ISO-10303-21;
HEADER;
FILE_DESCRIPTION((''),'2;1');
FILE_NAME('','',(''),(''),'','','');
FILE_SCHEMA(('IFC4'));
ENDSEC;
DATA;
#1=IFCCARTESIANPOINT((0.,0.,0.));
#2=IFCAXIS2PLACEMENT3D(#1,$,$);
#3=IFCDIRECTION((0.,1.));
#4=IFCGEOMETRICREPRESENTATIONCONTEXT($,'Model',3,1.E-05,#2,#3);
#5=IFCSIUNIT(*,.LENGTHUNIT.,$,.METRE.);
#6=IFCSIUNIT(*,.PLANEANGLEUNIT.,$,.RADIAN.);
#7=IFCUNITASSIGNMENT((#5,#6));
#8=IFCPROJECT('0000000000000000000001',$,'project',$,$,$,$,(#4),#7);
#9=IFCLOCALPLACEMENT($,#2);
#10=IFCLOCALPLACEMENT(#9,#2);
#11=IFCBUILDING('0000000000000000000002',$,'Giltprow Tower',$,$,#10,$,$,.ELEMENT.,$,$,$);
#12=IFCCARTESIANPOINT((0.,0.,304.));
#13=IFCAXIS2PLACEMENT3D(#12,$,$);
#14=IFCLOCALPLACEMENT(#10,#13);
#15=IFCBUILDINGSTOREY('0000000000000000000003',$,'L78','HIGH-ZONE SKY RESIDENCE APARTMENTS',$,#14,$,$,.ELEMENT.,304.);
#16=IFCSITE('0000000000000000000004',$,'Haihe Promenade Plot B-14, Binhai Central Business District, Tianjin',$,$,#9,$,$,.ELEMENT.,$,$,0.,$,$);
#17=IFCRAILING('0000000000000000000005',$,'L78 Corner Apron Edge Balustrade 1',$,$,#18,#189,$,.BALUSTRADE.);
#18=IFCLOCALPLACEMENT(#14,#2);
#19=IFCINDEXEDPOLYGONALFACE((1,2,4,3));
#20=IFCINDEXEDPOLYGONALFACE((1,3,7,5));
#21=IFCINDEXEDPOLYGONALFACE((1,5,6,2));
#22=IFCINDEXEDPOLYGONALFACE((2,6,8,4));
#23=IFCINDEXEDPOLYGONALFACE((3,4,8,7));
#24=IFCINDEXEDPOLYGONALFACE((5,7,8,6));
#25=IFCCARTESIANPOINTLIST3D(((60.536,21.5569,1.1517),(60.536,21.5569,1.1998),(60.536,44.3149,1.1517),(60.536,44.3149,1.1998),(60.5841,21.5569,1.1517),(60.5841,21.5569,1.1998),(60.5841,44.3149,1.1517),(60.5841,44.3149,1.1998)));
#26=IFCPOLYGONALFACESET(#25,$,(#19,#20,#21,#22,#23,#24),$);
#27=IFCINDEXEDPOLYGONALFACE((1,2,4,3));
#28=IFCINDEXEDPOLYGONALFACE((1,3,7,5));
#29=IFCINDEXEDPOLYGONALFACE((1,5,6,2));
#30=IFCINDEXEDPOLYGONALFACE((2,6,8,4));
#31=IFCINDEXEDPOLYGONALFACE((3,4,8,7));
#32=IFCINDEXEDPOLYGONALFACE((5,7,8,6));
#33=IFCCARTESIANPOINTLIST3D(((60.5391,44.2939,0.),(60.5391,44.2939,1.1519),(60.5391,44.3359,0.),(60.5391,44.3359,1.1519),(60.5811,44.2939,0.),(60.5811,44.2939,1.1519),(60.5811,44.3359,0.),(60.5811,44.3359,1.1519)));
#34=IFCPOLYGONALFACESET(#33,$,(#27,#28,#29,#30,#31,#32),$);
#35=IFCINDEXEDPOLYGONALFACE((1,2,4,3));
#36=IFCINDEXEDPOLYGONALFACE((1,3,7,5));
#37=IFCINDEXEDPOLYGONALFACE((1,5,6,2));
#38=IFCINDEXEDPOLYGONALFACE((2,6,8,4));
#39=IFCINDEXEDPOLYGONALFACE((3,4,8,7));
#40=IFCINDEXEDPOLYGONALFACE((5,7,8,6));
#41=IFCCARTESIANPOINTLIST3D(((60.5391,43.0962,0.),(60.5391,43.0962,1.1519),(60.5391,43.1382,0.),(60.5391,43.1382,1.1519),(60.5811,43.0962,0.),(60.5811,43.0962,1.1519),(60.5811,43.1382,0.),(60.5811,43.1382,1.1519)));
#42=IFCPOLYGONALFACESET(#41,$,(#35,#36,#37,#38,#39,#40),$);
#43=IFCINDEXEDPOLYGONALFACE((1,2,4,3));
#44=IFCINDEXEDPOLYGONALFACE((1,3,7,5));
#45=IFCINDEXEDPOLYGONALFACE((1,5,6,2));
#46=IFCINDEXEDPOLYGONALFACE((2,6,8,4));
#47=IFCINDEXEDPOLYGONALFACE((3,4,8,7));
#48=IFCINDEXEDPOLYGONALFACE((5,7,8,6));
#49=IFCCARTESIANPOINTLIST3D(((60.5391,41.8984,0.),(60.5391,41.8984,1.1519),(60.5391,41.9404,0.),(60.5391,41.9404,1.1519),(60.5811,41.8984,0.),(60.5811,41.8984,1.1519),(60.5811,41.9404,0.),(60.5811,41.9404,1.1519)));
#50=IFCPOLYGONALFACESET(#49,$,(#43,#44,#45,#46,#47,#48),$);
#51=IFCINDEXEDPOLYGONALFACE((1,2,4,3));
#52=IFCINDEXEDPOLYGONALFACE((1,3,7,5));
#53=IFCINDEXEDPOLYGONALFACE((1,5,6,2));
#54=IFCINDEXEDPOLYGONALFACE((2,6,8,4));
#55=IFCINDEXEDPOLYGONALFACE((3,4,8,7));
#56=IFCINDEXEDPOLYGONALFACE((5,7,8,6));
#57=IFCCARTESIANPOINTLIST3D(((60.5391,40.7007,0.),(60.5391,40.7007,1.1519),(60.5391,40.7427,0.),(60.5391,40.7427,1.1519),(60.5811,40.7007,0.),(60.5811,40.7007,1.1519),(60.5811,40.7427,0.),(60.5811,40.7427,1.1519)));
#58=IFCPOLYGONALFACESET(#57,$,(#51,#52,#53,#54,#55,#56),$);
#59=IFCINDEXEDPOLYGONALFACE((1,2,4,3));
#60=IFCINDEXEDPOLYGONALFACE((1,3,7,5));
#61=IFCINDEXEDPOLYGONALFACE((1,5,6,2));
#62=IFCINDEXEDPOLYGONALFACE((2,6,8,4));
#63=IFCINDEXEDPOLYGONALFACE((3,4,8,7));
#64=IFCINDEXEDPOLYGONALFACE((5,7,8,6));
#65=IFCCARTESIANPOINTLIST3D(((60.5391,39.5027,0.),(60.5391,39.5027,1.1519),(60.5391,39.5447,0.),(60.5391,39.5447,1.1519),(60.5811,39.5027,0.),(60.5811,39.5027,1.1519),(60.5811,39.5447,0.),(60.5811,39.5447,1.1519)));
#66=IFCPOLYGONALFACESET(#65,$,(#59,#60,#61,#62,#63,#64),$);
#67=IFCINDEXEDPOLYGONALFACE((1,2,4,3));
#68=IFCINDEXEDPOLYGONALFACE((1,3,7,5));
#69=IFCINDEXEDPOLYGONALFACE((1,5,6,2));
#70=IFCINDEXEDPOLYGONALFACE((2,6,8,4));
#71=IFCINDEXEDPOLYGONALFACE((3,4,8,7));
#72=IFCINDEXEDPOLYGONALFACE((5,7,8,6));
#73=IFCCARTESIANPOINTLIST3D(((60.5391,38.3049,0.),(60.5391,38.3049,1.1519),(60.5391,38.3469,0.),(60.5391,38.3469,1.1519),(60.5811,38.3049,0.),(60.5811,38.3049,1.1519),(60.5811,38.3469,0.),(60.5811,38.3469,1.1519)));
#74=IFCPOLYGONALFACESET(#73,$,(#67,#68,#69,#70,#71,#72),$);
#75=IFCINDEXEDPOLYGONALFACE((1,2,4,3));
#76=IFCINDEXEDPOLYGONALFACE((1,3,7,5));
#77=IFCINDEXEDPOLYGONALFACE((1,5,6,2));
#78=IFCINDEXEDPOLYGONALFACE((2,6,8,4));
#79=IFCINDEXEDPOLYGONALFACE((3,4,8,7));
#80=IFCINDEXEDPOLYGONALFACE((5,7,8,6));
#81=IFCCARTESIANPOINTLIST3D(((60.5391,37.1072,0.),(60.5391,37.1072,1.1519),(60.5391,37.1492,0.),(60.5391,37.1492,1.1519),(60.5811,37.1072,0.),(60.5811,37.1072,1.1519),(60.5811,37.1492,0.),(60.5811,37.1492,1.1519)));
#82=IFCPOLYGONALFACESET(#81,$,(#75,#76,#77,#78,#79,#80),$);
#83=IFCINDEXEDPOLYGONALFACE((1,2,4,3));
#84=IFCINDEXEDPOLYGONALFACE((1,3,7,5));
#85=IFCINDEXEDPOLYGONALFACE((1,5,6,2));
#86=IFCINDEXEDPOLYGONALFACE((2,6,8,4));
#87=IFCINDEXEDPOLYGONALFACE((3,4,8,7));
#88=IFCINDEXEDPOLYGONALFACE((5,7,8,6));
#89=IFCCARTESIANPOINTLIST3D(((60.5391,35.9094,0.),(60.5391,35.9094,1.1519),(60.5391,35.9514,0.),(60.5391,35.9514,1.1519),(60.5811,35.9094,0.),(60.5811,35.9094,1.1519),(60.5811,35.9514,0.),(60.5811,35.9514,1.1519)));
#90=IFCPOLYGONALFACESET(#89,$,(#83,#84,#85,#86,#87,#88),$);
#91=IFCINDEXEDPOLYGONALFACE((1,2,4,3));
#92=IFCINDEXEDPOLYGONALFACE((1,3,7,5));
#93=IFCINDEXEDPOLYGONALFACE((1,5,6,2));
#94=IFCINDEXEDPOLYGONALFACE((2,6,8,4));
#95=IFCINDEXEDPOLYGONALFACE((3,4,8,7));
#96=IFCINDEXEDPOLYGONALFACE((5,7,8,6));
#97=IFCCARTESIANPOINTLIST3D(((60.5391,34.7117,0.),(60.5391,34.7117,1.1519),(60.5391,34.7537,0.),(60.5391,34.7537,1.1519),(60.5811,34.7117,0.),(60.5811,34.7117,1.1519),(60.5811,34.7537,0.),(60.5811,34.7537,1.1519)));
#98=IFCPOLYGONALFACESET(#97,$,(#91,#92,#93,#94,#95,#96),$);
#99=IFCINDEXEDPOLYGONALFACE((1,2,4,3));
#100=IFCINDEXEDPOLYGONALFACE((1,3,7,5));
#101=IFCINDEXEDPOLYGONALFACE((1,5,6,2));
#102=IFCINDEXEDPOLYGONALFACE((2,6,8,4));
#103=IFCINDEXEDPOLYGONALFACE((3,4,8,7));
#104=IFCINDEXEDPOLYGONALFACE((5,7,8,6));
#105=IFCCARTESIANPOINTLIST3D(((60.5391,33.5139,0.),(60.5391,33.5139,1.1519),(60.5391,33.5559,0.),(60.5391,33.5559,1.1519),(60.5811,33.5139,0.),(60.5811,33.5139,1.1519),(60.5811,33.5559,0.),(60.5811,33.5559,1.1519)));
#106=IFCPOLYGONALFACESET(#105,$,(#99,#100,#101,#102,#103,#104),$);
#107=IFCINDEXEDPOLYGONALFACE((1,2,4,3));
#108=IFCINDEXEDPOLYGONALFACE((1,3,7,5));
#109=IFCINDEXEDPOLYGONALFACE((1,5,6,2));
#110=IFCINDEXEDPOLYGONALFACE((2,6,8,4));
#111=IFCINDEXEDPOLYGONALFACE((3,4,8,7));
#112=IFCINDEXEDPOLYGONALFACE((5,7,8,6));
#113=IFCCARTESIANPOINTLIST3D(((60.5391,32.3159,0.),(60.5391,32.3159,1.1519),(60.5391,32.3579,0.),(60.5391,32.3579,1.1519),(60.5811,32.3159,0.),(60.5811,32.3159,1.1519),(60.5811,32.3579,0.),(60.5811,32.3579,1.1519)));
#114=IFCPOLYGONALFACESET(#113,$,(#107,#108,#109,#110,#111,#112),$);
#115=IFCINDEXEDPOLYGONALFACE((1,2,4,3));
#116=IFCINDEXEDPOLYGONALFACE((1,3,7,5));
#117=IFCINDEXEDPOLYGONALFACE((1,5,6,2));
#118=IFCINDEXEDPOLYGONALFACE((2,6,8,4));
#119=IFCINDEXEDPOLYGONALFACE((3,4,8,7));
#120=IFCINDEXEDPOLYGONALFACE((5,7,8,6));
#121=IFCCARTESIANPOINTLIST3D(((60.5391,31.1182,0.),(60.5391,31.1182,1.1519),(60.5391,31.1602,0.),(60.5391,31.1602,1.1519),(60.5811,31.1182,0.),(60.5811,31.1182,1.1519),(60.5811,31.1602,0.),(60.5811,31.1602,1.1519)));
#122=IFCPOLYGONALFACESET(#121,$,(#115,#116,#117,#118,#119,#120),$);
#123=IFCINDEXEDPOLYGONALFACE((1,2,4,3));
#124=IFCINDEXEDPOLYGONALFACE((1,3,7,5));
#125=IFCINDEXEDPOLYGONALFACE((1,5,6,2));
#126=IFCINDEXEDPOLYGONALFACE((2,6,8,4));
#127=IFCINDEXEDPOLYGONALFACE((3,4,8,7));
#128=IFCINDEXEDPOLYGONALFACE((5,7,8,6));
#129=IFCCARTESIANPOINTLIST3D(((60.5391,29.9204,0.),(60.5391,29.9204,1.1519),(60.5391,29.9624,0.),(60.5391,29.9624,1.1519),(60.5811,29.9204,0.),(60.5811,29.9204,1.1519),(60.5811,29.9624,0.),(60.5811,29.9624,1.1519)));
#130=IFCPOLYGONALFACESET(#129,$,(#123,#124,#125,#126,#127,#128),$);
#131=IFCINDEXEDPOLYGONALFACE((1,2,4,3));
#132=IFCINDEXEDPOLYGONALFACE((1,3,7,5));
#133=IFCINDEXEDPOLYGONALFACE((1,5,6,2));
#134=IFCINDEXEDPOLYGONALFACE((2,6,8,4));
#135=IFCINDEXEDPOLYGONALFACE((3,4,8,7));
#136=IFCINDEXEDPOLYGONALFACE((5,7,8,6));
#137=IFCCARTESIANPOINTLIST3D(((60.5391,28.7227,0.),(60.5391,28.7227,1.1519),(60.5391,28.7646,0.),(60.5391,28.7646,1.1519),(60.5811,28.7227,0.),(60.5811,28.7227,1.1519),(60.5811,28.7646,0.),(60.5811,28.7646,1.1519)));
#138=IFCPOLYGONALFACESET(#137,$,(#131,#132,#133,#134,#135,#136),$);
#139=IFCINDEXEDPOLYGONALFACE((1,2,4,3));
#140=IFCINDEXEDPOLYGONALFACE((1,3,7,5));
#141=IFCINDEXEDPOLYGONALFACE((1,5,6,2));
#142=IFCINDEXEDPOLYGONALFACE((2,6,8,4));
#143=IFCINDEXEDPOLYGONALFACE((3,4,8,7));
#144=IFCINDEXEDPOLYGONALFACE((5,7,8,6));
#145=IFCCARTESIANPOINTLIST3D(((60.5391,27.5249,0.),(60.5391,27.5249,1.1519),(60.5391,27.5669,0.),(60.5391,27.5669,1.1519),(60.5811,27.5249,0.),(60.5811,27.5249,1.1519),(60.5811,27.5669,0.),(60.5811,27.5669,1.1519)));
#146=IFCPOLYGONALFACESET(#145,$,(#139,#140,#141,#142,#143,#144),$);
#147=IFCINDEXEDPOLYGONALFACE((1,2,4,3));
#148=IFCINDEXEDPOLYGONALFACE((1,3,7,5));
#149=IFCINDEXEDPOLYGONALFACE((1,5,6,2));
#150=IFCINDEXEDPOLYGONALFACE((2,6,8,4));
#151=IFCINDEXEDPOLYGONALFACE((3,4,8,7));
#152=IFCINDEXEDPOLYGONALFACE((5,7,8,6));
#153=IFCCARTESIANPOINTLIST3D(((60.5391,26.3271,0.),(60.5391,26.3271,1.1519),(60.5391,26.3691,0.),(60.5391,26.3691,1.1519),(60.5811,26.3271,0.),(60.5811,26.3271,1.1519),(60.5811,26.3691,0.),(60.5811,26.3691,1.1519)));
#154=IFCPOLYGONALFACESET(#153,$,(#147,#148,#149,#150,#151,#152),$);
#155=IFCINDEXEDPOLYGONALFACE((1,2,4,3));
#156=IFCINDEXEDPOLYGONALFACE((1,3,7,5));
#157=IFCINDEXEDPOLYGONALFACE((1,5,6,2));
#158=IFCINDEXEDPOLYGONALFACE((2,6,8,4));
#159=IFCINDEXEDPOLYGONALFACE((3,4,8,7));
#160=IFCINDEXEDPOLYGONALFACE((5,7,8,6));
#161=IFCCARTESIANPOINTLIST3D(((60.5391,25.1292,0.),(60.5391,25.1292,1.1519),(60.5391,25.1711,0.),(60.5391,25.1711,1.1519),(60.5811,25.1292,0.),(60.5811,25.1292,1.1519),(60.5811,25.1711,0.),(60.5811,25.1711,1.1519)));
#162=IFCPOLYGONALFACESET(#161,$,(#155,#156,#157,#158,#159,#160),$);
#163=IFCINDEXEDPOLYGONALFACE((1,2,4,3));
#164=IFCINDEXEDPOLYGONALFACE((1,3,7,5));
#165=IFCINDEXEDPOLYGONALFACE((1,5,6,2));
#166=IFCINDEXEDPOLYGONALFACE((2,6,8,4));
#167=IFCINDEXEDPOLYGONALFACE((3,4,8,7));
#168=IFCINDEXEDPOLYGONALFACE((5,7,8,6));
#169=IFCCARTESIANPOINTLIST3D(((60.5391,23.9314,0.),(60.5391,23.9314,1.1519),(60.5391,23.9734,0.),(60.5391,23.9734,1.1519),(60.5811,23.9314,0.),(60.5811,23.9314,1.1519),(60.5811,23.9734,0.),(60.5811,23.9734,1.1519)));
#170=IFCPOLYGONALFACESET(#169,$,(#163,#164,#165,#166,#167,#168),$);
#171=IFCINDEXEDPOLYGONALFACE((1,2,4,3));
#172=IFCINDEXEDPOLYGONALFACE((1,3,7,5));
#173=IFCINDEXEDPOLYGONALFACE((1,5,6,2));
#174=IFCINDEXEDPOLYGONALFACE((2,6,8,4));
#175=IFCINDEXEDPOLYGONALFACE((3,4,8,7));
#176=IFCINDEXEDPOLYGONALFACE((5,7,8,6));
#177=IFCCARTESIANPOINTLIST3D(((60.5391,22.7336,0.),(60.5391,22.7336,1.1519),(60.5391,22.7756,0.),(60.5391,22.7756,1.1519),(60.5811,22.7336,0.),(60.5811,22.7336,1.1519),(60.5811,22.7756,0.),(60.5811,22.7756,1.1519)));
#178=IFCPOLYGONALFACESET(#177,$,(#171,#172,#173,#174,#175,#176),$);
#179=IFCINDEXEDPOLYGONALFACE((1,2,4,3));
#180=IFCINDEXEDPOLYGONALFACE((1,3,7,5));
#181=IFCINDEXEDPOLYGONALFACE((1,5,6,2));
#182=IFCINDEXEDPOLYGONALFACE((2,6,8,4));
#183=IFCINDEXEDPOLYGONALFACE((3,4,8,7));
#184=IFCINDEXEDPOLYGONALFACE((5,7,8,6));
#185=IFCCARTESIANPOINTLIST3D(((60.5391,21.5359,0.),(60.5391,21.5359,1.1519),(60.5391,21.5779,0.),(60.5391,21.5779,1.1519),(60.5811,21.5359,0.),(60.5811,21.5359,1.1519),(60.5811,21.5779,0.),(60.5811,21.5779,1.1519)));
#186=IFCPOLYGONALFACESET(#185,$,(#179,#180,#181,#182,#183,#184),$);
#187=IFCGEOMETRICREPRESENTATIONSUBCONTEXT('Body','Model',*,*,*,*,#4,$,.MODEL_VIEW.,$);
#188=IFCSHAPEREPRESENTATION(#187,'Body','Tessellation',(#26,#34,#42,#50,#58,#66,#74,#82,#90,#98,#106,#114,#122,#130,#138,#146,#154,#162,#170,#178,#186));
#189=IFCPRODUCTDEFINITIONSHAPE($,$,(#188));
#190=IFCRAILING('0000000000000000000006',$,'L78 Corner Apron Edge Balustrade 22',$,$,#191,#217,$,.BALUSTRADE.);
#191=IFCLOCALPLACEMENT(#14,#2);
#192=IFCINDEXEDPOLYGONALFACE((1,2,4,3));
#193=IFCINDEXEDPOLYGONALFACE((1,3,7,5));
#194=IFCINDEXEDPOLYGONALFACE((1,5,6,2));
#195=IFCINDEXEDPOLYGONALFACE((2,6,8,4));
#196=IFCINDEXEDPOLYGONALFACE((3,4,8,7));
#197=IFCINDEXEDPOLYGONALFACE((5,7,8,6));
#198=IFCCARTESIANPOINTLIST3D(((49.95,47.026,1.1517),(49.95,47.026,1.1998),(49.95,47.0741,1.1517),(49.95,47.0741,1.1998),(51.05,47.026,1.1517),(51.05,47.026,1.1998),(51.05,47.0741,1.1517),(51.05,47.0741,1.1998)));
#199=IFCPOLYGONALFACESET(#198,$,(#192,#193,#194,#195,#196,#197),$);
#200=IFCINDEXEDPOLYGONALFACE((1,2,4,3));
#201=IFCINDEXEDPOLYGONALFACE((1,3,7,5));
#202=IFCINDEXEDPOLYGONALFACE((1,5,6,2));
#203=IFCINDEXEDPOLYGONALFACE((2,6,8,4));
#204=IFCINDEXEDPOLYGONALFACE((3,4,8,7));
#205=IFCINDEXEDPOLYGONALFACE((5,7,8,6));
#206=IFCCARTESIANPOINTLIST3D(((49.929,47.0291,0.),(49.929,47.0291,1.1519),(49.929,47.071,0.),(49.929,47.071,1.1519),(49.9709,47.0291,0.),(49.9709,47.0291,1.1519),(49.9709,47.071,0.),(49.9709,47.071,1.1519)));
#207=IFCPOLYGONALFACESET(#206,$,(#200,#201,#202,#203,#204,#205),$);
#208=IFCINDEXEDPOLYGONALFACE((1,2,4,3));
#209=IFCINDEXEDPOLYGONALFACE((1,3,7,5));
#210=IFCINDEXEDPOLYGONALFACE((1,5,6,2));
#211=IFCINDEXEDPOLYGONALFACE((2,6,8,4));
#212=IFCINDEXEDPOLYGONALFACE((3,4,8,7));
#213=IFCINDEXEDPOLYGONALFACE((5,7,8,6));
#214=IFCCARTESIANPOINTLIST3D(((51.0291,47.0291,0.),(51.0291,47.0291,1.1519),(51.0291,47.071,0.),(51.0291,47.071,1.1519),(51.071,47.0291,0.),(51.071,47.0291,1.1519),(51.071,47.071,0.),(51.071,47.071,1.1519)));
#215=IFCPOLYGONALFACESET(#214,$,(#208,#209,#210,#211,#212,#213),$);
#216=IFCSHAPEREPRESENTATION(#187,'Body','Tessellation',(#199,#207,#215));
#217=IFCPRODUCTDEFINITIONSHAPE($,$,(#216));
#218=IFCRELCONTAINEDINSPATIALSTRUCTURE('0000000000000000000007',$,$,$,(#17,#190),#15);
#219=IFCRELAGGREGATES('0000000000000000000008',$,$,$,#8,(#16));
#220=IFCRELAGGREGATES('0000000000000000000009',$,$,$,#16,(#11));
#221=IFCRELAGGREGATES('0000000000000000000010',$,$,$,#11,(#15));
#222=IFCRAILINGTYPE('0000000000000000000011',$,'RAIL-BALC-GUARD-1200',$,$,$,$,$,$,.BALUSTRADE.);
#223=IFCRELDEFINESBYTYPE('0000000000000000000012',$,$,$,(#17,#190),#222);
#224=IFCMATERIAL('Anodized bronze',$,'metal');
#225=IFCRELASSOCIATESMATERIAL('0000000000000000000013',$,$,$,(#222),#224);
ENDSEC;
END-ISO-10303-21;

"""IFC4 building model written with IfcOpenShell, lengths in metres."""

from ifc_helpers import new_model, si_unit, direction, frame, origin, origin_2d, place, context, subcontext, project, spatial, rectangle, extrude, material, type_object, element, save


model = new_model("IFC4")

# Units and contexts
model_context = context("Model", 3, precision=1e-05, world=origin(), true_north=direction((0.0, 1.0)))
body_context = subcontext(model_context, "Body", "Model", "MODEL_VIEW")
ifc_project = project(units=[si_unit("LENGTHUNIT", "METRE"), si_unit("PLANEANGLEUNIT", "RADIAN")], contexts=[model_context])

# Site, building, storey
site_placement = place(None, origin())
site = spatial("IfcSite", under=ifc_project, at=site_placement, Name="Haihe Promenade Plot B-14, Binhai Central Business District, Tianjin", CompositionType="ELEMENT", RefElevation=0.0)
building_placement = place(site_placement, origin())
building = spatial("IfcBuilding", under=site, at=building_placement, Name="Giltprow Tower", CompositionType="ELEMENT")
storey_placement = place(building_placement, frame((0.0, 0.0, 304.0)))
storey = spatial("IfcBuildingStorey", under=building, at=storey_placement, Name="L78", Description="HIGH-ZONE SKY RESIDENCE APARTMENTS", CompositionType="ELEMENT", Elevation=304.0)

# Railings
ifc_material_1 = material(Name="Anodized bronze", Category="metal")
railing_type = type_object("IfcRailingType", Name="RAIL-BALC-GUARD-1200", PredefinedType="BALUSTRADE", material=ifc_material_1)
railing_1_placement = place(storey_placement, frame((60.5601, 44.3149, 0.0)))
element("IfcRailing", 1, at=railing_1_placement, inside=storey, type_object=railing_type, Name="L78 Corner Apron Edge Balustrade 1", PredefinedType="BALUSTRADE", context=body_context, shape_type="SweptSolid", body=[
    extrude(rectangle(XDim=0.0481, YDim=0.0481, at=origin_2d()), frame((0.0, 0.0, 1.1758), z_axis=(0.0, -1.0, 0.0), x_axis=(1.0, 0.0, 0.0)), (0.0, 0.0, 1.0), 22.7581),
    extrude(rectangle(XDim=0.042, YDim=0.042, at=origin_2d()), origin(), (0.0, 0.0, 1.0), 1.1519),
    extrude(rectangle(XDim=0.042, YDim=0.042, at=origin_2d()), frame((0.0, -1.1978, 0.0)), (0.0, 0.0, 1.0), 1.1519),
    extrude(rectangle(XDim=0.042, YDim=0.042, at=origin_2d()), frame((0.0, -2.3955, 0.0)), (0.0, 0.0, 1.0), 1.1519),
    extrude(rectangle(XDim=0.042, YDim=0.042, at=origin_2d()), frame((0.0, -3.5933, 0.0)), (0.0, 0.0, 1.0), 1.1519),
    extrude(rectangle(XDim=0.042, YDim=0.042, at=origin_2d()), frame((0.0, -4.7913, 0.0)), (0.0, 0.0, 1.0), 1.1519),
    extrude(rectangle(XDim=0.042, YDim=0.042, at=origin_2d()), frame((0.0, -5.989, 0.0)), (0.0, 0.0, 1.0), 1.1519),
    extrude(rectangle(XDim=0.042, YDim=0.042, at=origin_2d()), frame((0.0, -7.1868, 0.0)), (0.0, 0.0, 1.0), 1.1519),
    extrude(rectangle(XDim=0.042, YDim=0.042, at=origin_2d()), frame((0.0, -8.3845, 0.0)), (0.0, 0.0, 1.0), 1.1519),
    extrude(rectangle(XDim=0.042, YDim=0.042, at=origin_2d()), frame((0.0, -9.5823, 0.0)), (0.0, 0.0, 1.0), 1.1519),
    extrude(rectangle(XDim=0.042, YDim=0.042, at=origin_2d()), frame((0.0, -10.78, 0.0)), (0.0, 0.0, 1.0), 1.1519),
    extrude(rectangle(XDim=0.042, YDim=0.042, at=origin_2d()), frame((0.0, -11.978, 0.0)), (0.0, 0.0, 1.0), 1.1519),
    extrude(rectangle(XDim=0.042, YDim=0.042, at=origin_2d()), frame((0.0, -13.1758, 0.0)), (0.0, 0.0, 1.0), 1.1519),
    extrude(rectangle(XDim=0.042, YDim=0.042, at=origin_2d()), frame((0.0, -14.3735, 0.0)), (0.0, 0.0, 1.0), 1.1519),
    extrude(rectangle(XDim=0.042, YDim=0.042, at=origin_2d()), frame((0.0, -15.5713, 0.0)), (0.0, 0.0, 1.0), 1.1519),
    extrude(rectangle(XDim=0.042, YDim=0.042, at=origin_2d()), frame((0.0, -16.769, 0.0)), (0.0, 0.0, 1.0), 1.1519),
    extrude(rectangle(XDim=0.042, YDim=0.042, at=origin_2d()), frame((0.0, -17.9668, 0.0)), (0.0, 0.0, 1.0), 1.1519),
    extrude(rectangle(XDim=0.042, YDim=0.042, at=origin_2d()), frame((0.0, -19.1648, 0.0)), (0.0, 0.0, 1.0), 1.1519),
    extrude(rectangle(XDim=0.042, YDim=0.042, at=origin_2d()), frame((0.0, -20.3625, 0.0)), (0.0, 0.0, 1.0), 1.1519),
    extrude(rectangle(XDim=0.042, YDim=0.042, at=origin_2d()), frame((0.0, -21.5603, 0.0)), (0.0, 0.0, 1.0), 1.1519),
    extrude(rectangle(XDim=0.042, YDim=0.042, at=origin_2d()), frame((0.0, -22.7581, 0.0)), (0.0, 0.0, 1.0), 1.1519),
])
railing_2_placement = place(storey_placement, frame((49.95, 47.05, 0.0)))
element("IfcRailing", 2, at=railing_2_placement, inside=storey, type_object=railing_type, Name="L78 Corner Apron Edge Balustrade 22", PredefinedType="BALUSTRADE", context=body_context, shape_type="SweptSolid", body=[
    extrude(rectangle(XDim=0.0481, YDim=0.0481, at=origin_2d()), frame((0.0, 0.0, 1.1758), z_axis=(1.0, 0.0, 0.0), x_axis=(0.0, 1.0, 0.0)), (0.0, 0.0, 1.0), 1.1001),
    extrude(rectangle(XDim=0.042, YDim=0.042, at=origin_2d()), origin(), (0.0, 0.0, 1.0), 1.1519),
    extrude(rectangle(XDim=0.042, YDim=0.042, at=origin_2d()), frame((1.1001, 0.0, 0.0)), (0.0, 0.0, 1.0), 1.1519),
])

save(model, "model.ifc")
